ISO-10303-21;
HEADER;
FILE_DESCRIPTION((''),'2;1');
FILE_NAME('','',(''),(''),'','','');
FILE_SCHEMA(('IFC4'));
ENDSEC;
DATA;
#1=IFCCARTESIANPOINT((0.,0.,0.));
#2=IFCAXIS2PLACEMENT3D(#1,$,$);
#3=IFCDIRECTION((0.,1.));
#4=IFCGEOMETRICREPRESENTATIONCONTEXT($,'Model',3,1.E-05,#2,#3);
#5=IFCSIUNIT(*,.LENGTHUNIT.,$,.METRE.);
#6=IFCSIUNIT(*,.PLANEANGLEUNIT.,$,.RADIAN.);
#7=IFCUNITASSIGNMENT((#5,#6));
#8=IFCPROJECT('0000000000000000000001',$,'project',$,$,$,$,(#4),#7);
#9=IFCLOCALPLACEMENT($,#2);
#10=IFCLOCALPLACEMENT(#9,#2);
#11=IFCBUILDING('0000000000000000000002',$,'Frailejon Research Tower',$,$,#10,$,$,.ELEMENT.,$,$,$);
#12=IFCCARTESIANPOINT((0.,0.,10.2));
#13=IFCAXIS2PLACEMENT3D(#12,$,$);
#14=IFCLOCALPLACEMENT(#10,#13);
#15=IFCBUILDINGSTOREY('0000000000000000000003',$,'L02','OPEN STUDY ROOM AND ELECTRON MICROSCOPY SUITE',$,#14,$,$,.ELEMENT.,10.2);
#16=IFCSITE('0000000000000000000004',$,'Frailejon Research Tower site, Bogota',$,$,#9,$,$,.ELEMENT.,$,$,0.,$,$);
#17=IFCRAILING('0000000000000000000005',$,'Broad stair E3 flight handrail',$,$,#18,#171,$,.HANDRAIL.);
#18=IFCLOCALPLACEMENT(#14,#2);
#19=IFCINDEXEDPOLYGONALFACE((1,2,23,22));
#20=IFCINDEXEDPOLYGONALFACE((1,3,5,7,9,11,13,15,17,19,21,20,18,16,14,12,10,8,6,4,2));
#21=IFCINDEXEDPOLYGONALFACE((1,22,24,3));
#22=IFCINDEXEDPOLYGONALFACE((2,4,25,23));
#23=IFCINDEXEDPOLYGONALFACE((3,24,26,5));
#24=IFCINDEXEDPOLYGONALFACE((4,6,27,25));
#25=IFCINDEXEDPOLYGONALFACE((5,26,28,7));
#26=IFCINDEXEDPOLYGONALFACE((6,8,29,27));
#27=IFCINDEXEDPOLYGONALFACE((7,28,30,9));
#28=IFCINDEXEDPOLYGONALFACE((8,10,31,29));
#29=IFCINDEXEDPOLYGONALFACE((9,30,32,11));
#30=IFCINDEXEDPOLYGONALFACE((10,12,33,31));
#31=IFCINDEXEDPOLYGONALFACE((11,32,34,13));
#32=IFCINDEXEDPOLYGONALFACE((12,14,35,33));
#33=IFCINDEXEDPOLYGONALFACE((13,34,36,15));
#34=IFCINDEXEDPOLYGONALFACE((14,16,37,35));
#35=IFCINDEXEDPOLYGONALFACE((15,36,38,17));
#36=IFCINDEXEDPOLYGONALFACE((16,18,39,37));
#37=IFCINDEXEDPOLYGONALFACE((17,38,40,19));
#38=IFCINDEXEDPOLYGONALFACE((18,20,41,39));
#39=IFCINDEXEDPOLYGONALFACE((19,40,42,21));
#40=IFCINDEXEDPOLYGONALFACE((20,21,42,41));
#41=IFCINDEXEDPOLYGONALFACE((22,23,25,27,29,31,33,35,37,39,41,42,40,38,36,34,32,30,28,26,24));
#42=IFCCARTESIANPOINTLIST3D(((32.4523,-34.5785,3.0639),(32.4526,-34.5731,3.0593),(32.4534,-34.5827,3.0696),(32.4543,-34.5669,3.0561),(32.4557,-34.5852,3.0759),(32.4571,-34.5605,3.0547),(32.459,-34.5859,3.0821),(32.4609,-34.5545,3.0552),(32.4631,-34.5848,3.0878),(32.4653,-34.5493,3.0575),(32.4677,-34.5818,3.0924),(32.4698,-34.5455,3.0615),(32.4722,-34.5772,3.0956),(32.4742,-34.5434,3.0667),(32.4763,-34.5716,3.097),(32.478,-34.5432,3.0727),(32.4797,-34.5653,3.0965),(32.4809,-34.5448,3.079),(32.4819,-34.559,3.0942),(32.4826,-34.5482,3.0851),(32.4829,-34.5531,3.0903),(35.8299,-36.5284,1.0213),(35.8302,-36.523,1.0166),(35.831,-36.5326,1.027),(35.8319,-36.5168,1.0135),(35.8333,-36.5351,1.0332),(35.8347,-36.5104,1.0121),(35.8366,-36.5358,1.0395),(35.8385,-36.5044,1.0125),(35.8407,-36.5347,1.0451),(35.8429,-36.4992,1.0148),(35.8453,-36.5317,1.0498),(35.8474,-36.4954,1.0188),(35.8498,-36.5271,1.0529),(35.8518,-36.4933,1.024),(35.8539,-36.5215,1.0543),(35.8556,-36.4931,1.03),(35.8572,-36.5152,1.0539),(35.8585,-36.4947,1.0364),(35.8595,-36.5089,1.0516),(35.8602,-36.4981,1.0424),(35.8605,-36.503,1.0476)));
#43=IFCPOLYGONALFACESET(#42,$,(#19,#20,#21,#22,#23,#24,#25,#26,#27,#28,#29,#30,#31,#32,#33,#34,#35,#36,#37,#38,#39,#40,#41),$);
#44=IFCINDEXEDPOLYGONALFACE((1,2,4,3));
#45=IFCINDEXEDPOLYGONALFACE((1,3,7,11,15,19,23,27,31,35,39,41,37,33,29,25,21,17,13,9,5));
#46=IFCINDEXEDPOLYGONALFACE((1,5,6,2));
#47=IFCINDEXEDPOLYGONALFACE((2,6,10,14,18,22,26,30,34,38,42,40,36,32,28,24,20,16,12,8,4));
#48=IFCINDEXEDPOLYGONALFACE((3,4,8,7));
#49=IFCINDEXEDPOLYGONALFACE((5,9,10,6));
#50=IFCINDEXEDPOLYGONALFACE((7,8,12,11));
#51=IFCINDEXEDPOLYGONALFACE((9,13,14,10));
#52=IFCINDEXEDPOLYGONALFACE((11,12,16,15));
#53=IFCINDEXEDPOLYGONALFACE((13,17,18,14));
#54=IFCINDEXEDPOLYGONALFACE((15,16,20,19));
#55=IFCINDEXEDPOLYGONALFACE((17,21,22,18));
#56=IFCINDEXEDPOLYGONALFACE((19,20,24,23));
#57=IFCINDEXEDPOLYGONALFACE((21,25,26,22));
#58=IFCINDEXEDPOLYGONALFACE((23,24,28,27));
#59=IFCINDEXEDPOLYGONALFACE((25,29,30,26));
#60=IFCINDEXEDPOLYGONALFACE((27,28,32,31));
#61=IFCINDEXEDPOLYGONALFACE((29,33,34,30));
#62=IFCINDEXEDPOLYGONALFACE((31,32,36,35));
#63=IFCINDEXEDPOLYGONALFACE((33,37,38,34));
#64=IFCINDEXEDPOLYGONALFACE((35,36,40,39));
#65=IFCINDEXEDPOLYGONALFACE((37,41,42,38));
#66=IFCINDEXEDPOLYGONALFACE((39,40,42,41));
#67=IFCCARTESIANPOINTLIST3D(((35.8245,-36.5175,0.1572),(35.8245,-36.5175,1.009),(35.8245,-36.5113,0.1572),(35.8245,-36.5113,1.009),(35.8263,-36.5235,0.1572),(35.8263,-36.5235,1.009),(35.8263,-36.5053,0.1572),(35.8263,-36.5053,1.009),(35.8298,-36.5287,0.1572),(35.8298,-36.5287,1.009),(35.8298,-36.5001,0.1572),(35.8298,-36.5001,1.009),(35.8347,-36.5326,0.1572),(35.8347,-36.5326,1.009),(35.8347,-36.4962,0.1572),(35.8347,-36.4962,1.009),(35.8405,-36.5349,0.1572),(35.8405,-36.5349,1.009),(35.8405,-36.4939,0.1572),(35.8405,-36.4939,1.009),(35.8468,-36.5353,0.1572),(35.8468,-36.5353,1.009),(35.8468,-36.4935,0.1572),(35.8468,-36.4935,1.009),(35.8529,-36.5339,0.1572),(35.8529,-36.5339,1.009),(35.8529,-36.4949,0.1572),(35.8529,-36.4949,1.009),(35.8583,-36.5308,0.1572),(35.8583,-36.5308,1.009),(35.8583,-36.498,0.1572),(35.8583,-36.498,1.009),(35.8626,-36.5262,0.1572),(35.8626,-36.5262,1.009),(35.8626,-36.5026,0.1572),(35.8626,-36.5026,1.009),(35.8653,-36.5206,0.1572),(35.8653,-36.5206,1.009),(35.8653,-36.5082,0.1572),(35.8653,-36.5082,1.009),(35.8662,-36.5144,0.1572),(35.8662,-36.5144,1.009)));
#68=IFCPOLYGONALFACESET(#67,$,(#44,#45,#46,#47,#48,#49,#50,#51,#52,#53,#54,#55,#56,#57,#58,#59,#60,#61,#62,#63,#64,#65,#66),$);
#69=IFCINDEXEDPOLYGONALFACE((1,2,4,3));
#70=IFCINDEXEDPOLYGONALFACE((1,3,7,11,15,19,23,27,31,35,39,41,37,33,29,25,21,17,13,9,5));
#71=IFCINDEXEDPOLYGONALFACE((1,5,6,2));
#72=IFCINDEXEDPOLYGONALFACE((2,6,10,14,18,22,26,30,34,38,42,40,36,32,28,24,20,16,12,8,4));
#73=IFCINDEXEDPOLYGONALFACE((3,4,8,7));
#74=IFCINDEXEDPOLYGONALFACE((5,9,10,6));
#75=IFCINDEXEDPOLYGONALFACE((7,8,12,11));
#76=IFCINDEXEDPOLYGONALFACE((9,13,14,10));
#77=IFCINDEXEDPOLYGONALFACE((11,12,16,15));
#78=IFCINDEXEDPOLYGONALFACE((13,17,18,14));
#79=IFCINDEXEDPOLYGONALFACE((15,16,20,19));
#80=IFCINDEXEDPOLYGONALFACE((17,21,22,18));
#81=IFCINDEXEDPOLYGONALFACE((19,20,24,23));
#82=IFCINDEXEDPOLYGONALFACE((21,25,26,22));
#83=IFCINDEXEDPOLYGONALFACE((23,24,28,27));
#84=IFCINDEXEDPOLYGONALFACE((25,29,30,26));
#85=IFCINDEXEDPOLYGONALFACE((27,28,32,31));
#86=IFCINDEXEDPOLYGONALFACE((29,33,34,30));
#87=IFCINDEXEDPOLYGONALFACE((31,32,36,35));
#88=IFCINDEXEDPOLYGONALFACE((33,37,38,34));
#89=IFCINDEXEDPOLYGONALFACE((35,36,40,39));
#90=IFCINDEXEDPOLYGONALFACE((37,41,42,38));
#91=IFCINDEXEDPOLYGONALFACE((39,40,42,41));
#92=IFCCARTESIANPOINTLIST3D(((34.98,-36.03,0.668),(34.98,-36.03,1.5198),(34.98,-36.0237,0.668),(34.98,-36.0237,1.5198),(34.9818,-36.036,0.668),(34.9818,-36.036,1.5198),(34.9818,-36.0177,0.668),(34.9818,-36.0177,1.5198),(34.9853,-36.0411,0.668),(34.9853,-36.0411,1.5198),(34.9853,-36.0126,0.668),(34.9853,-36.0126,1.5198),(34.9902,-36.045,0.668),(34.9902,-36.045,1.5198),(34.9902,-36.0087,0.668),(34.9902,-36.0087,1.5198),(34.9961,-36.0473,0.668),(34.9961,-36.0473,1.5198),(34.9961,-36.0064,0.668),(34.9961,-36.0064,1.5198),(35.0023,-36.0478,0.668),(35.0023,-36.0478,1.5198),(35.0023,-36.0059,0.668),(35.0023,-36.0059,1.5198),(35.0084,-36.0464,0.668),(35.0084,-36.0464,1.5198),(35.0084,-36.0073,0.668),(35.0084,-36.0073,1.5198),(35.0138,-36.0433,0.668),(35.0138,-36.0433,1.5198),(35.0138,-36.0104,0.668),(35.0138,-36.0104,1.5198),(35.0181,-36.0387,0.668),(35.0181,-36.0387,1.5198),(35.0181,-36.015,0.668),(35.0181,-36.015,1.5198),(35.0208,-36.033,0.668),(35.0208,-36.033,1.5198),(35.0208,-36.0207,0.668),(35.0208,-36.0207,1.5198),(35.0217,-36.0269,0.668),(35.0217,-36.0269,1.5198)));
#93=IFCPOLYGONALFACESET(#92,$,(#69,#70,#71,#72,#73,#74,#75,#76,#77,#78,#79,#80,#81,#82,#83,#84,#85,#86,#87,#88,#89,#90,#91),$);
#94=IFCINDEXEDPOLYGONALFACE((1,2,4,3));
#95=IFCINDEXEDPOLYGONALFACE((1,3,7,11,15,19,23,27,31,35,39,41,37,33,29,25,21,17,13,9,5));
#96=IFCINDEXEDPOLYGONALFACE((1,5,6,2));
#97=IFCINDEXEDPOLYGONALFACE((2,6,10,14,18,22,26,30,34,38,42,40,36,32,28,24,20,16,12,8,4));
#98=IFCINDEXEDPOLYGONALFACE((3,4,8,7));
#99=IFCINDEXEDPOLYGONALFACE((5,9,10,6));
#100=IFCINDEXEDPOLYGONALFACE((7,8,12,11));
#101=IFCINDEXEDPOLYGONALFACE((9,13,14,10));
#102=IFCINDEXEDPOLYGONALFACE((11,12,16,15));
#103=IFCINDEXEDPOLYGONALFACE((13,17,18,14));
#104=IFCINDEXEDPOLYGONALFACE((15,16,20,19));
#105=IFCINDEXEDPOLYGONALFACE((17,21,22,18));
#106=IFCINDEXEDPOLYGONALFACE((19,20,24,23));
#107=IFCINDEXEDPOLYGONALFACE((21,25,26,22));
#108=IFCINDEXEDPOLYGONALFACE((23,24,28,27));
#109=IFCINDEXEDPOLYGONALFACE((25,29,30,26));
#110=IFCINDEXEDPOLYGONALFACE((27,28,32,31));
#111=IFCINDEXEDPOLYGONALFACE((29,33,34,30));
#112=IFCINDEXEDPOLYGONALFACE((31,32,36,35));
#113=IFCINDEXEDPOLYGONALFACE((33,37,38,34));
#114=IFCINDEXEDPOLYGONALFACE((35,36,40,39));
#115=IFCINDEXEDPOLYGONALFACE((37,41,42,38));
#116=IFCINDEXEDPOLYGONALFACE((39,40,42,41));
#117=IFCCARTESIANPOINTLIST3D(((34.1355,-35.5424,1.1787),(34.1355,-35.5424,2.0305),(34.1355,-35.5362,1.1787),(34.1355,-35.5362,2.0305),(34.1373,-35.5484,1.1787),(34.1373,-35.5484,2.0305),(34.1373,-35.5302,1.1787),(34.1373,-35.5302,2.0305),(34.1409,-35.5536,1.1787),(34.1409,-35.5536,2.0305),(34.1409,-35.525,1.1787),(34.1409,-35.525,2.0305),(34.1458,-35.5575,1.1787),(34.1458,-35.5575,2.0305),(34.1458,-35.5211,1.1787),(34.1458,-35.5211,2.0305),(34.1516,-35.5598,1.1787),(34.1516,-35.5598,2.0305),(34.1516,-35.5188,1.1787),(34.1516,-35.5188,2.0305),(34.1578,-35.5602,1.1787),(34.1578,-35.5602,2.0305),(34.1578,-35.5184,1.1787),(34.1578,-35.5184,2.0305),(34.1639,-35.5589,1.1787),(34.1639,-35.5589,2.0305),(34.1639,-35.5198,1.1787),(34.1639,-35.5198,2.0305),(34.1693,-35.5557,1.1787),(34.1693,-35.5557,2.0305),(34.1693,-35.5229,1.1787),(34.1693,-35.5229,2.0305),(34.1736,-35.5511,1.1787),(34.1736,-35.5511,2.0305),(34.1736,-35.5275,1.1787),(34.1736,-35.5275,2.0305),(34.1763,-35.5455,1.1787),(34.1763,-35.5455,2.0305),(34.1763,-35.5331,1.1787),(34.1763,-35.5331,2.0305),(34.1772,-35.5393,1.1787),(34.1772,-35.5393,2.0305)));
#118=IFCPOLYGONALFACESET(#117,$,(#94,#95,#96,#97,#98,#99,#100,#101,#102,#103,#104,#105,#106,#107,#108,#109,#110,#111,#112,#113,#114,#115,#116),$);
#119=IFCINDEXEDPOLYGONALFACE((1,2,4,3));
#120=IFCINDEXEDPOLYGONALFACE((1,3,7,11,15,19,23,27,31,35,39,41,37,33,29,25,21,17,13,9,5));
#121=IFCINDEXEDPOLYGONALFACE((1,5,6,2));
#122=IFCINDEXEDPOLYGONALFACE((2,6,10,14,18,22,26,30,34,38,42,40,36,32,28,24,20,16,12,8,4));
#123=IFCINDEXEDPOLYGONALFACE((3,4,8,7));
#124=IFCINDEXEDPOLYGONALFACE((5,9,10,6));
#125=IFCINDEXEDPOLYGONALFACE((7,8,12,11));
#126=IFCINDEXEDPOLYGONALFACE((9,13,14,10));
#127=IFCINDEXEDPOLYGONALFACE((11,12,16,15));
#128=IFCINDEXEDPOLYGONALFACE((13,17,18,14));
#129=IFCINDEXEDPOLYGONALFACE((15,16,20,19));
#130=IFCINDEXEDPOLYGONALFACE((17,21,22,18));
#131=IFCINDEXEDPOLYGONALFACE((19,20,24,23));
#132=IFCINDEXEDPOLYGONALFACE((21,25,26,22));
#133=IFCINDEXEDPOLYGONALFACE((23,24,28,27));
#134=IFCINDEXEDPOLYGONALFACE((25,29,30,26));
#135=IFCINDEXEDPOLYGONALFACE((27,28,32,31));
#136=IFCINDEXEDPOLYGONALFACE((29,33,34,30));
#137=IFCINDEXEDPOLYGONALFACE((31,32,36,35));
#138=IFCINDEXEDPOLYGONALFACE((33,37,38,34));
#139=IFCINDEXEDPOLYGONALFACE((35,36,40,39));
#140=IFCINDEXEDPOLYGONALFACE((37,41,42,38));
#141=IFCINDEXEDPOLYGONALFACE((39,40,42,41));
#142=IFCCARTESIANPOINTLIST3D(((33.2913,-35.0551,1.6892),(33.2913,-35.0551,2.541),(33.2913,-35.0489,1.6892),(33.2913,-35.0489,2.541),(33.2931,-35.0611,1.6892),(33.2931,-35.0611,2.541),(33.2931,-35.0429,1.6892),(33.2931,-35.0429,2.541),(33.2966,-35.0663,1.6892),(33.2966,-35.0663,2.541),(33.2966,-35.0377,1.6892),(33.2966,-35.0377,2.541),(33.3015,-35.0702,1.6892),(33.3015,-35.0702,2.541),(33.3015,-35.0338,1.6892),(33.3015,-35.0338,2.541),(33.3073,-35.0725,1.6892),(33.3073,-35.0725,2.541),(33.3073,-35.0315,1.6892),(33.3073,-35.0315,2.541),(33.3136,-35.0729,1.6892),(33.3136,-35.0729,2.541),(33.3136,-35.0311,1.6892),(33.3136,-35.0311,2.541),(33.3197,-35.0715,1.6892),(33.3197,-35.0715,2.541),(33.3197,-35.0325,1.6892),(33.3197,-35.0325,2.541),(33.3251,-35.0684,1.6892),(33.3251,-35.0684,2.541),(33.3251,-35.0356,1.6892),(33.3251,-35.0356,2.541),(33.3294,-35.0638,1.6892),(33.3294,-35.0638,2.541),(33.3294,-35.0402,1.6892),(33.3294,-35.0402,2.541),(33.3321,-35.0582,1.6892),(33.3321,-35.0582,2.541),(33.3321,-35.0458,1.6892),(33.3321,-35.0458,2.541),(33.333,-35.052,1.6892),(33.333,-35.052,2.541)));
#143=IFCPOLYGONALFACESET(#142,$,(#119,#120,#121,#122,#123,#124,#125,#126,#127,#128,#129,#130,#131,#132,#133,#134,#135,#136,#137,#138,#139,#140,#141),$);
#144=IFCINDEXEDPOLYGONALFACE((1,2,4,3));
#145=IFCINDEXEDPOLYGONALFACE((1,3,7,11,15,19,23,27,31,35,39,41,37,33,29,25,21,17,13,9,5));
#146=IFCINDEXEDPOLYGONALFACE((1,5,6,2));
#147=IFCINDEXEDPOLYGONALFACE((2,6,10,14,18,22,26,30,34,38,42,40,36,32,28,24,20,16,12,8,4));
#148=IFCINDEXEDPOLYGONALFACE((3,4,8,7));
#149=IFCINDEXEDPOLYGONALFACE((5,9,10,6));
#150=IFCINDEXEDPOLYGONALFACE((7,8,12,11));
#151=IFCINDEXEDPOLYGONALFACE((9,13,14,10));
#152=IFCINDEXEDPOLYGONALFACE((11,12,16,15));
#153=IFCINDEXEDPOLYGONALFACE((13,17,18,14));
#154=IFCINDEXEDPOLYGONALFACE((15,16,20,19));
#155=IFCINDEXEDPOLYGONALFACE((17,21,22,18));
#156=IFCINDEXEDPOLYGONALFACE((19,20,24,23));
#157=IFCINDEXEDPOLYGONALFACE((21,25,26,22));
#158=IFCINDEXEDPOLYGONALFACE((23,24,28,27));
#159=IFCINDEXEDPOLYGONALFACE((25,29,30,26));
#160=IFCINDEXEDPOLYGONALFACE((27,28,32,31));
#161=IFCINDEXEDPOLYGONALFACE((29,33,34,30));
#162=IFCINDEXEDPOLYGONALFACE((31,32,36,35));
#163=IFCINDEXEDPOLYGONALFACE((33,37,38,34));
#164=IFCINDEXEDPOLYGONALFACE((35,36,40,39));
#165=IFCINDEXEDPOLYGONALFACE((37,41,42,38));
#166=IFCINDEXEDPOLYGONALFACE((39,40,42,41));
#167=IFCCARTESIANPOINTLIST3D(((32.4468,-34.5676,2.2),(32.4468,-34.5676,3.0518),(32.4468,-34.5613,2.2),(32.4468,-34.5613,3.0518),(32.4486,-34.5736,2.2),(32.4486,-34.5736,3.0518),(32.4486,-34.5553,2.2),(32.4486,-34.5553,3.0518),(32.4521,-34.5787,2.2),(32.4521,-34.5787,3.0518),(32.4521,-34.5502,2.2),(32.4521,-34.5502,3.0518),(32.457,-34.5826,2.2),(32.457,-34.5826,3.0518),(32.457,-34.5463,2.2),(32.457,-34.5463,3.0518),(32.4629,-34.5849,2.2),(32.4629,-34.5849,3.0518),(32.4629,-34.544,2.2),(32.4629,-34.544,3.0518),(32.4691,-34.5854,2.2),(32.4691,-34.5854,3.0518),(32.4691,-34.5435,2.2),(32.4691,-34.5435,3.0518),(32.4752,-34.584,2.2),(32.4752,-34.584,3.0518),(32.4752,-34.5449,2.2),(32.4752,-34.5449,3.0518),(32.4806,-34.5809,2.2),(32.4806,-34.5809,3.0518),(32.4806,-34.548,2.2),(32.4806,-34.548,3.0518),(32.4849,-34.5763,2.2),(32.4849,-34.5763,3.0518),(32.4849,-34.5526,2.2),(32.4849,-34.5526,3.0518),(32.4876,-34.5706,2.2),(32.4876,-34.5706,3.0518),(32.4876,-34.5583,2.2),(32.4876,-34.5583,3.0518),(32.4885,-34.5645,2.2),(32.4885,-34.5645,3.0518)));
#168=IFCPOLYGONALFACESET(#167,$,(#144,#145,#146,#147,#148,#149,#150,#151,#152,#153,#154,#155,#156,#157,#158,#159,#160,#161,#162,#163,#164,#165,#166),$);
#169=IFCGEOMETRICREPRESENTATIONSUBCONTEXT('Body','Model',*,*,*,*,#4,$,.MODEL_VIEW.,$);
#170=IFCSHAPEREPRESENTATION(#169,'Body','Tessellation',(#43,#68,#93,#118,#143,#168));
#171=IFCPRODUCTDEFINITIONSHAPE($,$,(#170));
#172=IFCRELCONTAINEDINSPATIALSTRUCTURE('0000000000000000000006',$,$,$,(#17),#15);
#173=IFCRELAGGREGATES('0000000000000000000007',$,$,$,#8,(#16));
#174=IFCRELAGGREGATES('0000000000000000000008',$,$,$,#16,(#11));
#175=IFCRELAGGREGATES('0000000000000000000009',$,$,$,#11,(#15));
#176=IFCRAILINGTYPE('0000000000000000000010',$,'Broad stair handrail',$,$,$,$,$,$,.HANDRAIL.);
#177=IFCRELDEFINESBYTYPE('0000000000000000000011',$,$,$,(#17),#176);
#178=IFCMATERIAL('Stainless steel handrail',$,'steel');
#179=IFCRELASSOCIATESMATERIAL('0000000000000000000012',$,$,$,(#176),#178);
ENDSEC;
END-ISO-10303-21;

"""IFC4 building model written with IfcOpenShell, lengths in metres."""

from ifc_helpers import new_model, si_unit, direction, frame, origin, origin_2d, place, context, subcontext, project, spatial, circle, extrude, material, type_object, element, save


model = new_model("IFC4")

# Units and contexts
model_context = context("Model", 3, precision=1e-05, world=origin(), true_north=direction((0.0, 1.0)))
body_context = subcontext(model_context, "Body", "Model", "MODEL_VIEW")
ifc_project = project(units=[si_unit("LENGTHUNIT", "METRE"), si_unit("PLANEANGLEUNIT", "RADIAN")], contexts=[model_context])

# Site, building, storey
site_placement = place(None, origin())
site = spatial("IfcSite", under=ifc_project, at=site_placement, Name="Frailejon Research Tower site, Bogota", CompositionType="ELEMENT", RefElevation=0.0)
building_placement = place(site_placement, origin())
building = spatial("IfcBuilding", under=site, at=building_placement, Name="Frailejon Research Tower", CompositionType="ELEMENT")
storey_placement = place(building_placement, frame((0.0, 0.0, 10.2)))
storey = spatial("IfcBuildingStorey", under=building, at=storey_placement, Name="L02", Description="OPEN STUDY ROOM AND ELECTRON MICROSCOPY SUITE", CompositionType="ELEMENT", Elevation=10.2)

# Railing
ifc_material_1 = material(Name="Stainless steel handrail", Category="steel")
railing_type_1 = type_object("IfcRailingType", Name="Broad stair handrail", PredefinedType="HANDRAIL", material=ifc_material_1)
railing_1_placement = place(storey_placement, frame((35.8452, -36.5144, 0.1572)))
element("IfcRailing", 1, at=railing_1_placement, inside=storey, type_object=railing_type_1, Name="Broad stair E3 flight handrail", PredefinedType="HANDRAIL", context=body_context, shape_type="SweptSolid", body=[
    extrude(circle(Radius=0.0239, at=origin_2d()), frame((0.0, 0.0, 0.876), z_axis=(-0.767185, 0.442899, 0.463971), x_axis=(-0.49997, -0.866043, 0.0)), (0.0, 0.0, 1.0), 4.4026),
    extrude(circle(Radius=0.021, at=origin_2d()), origin(), (0.0, 0.0, 1.0), 0.8518),
    extrude(circle(Radius=0.021, at=origin_2d()), frame((-0.8445, 0.4875, 0.5107)), (0.0, 0.0, 1.0), 0.8518),
    extrude(circle(Radius=0.021, at=origin_2d()), frame((-1.689, 0.9751, 1.0215)), (0.0, 0.0, 1.0), 0.8518),
    extrude(circle(Radius=0.021, at=origin_2d()), frame((-2.5332, 1.4624, 1.532)), (0.0, 0.0, 1.0), 0.8518),
    extrude(circle(Radius=0.021, at=origin_2d()), frame((-3.3777, 1.95, 2.0427)), (0.0, 0.0, 1.0), 0.8518),
])

save(model, "model.ifc")
